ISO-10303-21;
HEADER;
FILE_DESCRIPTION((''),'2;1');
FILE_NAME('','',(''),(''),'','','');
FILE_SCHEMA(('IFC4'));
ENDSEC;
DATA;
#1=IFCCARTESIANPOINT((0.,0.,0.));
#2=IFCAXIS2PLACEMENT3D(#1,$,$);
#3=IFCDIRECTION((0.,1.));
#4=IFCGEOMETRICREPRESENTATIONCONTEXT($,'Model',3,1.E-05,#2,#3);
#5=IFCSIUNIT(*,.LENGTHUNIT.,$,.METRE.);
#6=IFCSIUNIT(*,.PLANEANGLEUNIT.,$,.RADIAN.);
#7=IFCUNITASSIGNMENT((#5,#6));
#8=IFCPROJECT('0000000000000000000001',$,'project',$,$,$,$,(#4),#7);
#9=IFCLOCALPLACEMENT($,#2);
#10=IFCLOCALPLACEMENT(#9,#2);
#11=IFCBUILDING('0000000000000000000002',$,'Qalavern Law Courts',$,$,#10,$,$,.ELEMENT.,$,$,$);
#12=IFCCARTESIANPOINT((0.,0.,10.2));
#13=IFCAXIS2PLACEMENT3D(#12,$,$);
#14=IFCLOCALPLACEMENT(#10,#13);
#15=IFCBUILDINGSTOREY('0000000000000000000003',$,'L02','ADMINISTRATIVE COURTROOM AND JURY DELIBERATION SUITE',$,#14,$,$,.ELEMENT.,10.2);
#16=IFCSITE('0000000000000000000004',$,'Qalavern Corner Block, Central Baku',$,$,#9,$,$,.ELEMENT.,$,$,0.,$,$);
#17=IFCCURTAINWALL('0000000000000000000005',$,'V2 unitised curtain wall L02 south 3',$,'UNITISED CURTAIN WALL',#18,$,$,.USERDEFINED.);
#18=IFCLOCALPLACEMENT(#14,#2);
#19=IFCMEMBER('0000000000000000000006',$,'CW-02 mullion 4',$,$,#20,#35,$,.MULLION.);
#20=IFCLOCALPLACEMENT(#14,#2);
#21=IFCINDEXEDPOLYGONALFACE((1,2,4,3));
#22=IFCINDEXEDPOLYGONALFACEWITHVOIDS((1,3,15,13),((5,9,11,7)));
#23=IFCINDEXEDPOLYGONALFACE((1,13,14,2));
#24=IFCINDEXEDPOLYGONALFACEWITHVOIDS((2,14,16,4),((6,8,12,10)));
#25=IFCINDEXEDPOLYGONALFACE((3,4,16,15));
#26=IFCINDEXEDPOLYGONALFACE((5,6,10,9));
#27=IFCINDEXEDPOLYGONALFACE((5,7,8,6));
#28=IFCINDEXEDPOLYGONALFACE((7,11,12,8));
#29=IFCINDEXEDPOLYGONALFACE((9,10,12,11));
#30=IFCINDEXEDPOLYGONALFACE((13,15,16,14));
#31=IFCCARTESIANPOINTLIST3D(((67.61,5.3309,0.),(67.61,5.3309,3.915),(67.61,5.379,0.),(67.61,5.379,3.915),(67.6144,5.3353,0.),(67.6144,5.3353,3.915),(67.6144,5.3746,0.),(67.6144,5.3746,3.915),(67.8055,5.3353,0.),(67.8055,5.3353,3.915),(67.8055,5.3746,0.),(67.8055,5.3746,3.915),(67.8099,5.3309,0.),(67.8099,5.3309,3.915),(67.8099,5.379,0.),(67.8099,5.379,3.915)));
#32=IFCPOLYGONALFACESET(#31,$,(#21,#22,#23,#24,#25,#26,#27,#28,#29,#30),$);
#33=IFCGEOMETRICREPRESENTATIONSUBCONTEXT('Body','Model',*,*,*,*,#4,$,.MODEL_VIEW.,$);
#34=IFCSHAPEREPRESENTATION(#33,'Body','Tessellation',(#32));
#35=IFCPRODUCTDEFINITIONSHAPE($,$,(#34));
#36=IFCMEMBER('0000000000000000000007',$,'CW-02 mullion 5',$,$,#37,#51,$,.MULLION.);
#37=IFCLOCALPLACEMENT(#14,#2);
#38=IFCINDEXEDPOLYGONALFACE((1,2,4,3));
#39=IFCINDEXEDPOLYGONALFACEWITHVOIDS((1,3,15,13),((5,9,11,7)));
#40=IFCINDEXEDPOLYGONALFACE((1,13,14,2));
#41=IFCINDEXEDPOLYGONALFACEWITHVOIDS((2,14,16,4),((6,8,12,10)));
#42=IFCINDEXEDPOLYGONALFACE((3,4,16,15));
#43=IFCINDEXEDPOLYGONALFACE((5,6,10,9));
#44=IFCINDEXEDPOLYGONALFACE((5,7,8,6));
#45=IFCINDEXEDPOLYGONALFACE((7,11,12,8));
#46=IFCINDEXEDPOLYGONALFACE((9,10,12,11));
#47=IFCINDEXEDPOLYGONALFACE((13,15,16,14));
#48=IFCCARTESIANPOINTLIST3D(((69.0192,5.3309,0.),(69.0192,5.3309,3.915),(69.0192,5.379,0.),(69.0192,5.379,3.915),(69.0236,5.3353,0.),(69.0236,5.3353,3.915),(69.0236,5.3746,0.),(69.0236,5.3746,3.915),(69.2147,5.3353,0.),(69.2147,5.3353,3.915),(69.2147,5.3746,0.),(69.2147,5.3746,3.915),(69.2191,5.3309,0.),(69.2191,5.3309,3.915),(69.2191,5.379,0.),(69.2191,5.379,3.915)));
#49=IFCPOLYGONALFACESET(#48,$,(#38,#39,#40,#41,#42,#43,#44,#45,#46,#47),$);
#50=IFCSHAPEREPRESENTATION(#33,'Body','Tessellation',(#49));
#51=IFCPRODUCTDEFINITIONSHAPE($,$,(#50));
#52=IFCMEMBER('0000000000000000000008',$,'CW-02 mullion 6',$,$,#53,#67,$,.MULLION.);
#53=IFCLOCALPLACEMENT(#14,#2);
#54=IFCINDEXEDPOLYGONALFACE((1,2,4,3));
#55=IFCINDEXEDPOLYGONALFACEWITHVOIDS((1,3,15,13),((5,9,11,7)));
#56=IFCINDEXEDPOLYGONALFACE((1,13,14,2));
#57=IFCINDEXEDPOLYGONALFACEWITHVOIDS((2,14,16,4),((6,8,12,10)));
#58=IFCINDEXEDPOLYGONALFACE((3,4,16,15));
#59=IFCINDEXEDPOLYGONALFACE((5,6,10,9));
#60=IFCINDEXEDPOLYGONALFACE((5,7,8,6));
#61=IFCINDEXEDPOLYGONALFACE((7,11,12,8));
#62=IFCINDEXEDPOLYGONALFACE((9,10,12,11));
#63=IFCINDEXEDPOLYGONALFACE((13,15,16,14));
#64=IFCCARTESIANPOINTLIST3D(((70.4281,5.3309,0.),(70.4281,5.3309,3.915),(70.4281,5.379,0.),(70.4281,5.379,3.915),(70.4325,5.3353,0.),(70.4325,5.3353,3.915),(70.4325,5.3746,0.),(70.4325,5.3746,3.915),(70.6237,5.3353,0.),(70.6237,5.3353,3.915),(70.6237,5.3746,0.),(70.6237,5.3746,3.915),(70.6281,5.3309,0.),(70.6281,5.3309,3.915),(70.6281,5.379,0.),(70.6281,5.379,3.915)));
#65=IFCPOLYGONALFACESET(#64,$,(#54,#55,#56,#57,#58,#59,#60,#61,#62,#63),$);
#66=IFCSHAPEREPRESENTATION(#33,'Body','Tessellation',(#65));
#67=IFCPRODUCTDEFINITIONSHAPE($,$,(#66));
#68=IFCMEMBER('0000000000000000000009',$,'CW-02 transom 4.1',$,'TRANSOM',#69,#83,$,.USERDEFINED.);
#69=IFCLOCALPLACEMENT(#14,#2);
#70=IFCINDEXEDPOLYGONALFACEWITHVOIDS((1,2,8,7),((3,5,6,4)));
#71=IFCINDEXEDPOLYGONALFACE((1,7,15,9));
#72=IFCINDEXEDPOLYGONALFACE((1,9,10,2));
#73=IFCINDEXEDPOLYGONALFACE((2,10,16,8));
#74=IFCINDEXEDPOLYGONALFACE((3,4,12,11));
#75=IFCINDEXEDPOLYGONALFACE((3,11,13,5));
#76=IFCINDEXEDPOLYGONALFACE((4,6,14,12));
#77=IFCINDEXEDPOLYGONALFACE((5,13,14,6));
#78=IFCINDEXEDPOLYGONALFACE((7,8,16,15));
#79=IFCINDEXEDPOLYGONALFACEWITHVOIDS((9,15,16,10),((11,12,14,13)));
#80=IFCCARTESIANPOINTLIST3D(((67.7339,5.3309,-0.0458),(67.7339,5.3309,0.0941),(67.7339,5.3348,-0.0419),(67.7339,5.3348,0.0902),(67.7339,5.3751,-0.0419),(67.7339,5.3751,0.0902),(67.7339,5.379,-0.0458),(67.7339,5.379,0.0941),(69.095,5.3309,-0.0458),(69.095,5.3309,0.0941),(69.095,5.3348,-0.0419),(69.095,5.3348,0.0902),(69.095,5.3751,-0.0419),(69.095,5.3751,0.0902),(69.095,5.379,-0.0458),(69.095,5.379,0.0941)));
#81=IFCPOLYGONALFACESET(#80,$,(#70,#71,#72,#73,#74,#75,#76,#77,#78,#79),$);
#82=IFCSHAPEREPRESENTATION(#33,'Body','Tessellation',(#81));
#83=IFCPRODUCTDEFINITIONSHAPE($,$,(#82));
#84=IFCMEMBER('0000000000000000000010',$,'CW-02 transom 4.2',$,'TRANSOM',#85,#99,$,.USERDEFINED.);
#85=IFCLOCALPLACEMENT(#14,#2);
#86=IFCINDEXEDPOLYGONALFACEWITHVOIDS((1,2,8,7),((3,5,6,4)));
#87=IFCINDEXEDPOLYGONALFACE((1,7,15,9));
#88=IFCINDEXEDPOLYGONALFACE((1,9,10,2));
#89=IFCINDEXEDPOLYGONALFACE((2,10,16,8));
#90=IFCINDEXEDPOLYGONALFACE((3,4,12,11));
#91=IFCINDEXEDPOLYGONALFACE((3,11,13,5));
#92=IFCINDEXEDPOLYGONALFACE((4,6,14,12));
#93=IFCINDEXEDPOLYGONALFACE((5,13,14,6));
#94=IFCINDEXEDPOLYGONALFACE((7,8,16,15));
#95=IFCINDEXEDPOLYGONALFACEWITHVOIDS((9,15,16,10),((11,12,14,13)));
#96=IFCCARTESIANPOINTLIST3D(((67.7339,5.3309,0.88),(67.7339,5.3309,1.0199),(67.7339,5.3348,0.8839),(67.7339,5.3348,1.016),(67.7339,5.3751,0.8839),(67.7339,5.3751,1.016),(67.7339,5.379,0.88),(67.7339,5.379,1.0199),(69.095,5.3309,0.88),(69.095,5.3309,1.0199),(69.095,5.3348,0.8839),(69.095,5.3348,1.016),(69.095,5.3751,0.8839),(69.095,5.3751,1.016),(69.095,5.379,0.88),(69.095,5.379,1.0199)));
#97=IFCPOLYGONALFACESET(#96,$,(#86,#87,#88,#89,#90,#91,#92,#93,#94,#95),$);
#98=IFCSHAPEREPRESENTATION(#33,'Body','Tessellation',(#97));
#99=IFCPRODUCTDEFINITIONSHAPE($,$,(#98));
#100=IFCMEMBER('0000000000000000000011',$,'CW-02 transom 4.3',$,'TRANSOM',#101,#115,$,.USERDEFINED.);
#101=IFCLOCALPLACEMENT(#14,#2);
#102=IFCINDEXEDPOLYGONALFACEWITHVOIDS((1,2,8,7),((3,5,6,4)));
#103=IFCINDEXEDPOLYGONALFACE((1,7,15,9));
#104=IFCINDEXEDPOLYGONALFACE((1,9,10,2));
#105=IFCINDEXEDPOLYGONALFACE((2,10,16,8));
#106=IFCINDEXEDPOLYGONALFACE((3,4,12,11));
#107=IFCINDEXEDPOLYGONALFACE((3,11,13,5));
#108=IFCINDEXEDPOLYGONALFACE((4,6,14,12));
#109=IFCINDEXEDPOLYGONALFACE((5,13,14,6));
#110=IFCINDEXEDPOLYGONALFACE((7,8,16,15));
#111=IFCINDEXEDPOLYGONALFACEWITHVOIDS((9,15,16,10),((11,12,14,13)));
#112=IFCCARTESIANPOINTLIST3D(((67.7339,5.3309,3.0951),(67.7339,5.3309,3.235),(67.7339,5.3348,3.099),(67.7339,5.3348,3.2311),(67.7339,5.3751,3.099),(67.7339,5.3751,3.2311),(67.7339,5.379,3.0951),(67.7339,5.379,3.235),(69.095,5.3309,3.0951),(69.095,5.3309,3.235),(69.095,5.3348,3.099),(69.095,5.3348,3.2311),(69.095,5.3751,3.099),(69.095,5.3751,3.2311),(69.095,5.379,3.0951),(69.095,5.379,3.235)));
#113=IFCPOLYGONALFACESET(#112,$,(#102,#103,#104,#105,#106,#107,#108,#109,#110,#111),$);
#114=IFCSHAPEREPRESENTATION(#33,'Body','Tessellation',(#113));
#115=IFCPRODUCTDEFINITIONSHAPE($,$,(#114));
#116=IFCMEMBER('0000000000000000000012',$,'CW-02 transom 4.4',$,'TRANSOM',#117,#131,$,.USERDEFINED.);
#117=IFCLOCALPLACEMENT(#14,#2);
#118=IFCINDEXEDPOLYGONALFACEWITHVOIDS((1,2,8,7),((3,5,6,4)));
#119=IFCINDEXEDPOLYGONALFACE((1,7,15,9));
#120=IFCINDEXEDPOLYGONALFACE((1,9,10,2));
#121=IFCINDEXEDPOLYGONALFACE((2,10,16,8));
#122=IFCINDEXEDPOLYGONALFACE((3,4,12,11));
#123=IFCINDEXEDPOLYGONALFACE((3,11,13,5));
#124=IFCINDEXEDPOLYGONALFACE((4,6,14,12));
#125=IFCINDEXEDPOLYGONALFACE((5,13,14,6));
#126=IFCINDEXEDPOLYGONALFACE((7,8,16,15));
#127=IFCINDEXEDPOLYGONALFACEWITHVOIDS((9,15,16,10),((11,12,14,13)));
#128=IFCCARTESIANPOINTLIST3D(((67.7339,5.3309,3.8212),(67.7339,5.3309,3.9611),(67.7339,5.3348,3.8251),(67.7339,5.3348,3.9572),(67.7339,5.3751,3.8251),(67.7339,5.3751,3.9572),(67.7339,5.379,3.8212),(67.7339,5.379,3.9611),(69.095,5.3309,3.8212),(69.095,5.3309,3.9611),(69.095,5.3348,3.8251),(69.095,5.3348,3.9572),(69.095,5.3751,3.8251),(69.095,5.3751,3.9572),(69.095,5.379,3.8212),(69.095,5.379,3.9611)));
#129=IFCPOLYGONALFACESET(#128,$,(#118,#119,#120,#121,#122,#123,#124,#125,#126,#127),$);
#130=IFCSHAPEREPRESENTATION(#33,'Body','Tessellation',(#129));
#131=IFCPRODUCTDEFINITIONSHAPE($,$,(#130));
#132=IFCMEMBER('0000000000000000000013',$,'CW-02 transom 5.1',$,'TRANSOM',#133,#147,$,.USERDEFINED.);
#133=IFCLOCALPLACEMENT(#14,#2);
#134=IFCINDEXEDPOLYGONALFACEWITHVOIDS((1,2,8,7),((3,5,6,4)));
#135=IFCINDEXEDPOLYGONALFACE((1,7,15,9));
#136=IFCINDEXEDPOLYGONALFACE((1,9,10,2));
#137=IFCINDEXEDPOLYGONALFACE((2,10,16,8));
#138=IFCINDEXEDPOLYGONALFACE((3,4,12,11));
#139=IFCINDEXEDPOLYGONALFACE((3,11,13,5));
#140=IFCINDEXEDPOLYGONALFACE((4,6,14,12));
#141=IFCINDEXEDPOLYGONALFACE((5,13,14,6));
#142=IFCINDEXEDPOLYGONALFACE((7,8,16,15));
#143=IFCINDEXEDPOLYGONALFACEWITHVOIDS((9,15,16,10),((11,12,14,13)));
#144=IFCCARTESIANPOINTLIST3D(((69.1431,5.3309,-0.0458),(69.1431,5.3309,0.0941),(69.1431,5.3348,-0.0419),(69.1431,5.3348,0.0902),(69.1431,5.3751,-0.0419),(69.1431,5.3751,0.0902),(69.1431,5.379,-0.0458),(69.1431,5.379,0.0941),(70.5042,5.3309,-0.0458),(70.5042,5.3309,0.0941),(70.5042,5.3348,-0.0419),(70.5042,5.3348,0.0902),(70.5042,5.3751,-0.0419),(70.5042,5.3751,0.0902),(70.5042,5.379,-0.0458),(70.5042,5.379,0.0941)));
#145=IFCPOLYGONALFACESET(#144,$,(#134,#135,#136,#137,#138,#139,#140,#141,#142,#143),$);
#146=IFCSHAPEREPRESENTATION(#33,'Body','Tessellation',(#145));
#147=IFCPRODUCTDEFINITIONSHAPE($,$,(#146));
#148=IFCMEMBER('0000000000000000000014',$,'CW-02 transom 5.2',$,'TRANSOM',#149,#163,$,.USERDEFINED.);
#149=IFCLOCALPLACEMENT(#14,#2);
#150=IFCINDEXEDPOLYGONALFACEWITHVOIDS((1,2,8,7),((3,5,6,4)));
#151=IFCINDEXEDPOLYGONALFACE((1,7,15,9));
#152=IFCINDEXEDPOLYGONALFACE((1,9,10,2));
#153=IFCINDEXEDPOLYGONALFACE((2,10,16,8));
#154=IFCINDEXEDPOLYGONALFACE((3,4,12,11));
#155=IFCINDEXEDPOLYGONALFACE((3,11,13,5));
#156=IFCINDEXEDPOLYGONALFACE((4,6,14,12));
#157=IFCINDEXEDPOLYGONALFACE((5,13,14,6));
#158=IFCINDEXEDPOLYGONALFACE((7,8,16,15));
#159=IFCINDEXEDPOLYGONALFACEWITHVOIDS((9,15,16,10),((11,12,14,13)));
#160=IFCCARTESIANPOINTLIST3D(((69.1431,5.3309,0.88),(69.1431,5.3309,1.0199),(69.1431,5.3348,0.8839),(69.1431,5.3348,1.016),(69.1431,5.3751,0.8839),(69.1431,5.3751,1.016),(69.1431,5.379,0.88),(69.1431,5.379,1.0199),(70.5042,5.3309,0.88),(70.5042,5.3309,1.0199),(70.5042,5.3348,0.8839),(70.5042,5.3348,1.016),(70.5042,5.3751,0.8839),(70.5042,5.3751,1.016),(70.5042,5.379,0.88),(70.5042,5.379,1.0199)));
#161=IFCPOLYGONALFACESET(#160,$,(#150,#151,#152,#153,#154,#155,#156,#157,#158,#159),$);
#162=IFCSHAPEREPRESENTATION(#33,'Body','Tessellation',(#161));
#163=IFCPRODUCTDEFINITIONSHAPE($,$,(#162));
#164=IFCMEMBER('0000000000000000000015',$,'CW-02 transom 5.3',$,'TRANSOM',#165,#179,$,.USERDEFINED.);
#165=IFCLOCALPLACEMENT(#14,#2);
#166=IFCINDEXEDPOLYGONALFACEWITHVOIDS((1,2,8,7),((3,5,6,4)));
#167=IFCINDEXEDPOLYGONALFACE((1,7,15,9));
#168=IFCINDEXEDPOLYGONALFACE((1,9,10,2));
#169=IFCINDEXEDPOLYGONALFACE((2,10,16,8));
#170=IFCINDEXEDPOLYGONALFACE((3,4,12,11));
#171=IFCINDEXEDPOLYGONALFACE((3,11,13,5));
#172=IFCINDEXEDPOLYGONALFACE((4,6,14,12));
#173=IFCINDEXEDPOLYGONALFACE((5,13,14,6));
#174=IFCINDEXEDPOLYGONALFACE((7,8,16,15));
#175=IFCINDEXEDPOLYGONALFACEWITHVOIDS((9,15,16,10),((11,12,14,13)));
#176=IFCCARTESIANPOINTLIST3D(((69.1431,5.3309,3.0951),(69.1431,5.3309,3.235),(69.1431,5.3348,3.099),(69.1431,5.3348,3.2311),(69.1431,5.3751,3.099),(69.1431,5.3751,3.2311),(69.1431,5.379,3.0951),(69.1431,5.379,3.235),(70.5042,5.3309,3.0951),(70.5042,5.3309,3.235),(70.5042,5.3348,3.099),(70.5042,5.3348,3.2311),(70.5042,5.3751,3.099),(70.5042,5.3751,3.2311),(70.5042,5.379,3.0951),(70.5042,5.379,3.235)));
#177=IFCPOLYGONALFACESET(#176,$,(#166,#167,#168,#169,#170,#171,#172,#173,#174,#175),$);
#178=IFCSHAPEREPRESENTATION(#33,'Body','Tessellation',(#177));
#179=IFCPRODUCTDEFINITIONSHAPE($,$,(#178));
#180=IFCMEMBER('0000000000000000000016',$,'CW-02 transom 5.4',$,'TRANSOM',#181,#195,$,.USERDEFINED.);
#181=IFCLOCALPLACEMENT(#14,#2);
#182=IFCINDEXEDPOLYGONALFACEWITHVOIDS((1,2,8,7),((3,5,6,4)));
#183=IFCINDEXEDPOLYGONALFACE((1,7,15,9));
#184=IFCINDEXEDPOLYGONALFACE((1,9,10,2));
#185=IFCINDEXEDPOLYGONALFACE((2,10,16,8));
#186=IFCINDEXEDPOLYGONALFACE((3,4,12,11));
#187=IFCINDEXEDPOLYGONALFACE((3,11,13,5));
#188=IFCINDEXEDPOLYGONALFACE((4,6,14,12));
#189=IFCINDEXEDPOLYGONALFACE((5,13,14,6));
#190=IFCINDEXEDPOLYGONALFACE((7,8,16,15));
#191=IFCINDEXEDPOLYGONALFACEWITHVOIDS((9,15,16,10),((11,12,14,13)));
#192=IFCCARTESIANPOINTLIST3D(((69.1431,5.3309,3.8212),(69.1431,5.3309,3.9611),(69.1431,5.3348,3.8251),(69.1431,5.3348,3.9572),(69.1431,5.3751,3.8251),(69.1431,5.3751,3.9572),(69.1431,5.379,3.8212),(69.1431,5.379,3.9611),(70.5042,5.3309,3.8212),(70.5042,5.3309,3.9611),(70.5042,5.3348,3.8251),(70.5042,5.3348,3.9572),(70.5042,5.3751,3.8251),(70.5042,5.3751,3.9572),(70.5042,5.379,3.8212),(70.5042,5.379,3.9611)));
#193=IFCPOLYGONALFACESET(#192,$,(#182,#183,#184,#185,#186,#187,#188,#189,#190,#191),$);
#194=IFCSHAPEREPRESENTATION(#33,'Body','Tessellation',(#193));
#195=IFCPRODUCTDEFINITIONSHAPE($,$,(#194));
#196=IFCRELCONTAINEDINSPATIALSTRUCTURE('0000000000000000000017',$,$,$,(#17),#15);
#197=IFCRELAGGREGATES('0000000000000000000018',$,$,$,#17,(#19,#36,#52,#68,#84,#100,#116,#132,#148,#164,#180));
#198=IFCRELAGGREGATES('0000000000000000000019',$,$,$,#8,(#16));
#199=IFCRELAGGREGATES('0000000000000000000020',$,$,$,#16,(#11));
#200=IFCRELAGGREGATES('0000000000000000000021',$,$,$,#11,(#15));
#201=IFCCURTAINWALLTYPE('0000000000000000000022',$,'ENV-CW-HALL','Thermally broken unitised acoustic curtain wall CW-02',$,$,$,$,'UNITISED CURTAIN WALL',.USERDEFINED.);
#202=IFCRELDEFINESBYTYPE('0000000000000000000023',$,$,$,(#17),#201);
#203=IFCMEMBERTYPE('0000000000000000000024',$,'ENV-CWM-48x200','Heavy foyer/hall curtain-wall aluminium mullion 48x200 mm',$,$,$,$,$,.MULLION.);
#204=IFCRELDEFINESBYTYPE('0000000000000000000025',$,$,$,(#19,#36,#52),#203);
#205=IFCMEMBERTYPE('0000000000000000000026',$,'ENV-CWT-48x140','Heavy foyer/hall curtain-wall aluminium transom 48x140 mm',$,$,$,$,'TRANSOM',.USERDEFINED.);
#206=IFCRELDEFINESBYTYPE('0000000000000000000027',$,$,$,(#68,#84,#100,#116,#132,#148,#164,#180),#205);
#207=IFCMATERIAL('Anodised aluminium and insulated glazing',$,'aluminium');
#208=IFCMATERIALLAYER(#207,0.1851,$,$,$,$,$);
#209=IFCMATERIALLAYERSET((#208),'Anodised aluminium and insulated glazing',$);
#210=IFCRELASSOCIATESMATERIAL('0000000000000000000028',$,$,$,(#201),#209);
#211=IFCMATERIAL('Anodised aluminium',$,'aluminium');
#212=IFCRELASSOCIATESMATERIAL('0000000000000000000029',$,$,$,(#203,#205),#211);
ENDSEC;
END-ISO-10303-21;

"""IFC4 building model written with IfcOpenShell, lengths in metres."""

from ifc_helpers import new_model, si_unit, direction, frame, origin, origin_2d, place, context, subcontext, project, spatial, hollow_rectangle, extrude, material, layer, layer_set, material_profile, profile_set, type_object, element, aggregate, save


model = new_model("IFC4")

# Units and contexts
model_context = context("Model", 3, precision=1e-05, world=origin(), true_north=direction((0.0, 1.0)))
body_context = subcontext(model_context, "Body", "Model", "MODEL_VIEW")
ifc_project = project(units=[si_unit("LENGTHUNIT", "METRE"), si_unit("PLANEANGLEUNIT", "RADIAN")], contexts=[model_context])

# Site, building, storey
site_placement = place(None, origin())
site = spatial("IfcSite", under=ifc_project, at=site_placement, Name="Qalavern Corner Block, Central Baku", CompositionType="ELEMENT", RefElevation=0.0)
building_placement = place(site_placement, origin())
building = spatial("IfcBuilding", under=site, at=building_placement, Name="Qalavern Law Courts", CompositionType="ELEMENT")
storey_placement = place(building_placement, frame((0.0, 0.0, 10.2)))
storey = spatial("IfcBuildingStorey", under=building, at=storey_placement, Name="L02", Description="ADMINISTRATIVE COURTROOM AND JURY DELIBERATION SUITE", CompositionType="ELEMENT", Elevation=10.2)

# Curtain wall, members
ifc_material_1 = material(Name="Anodised aluminium and insulated glazing", Category="aluminium")
ifc_layer_1 = layer(ifc_material_1, 0.1851)
ifc_layer_set_1 = layer_set([ifc_layer_1], Name="Anodised aluminium and insulated glazing")
curtain_wall_type = type_object("IfcCurtainWallType", Name="ENV-CW-HALL", Description="Thermally broken unitised acoustic curtain wall CW-02", ElementType="UNITISED CURTAIN WALL", PredefinedType="USERDEFINED", material=ifc_layer_set_1)
curtain_wall_placement = place(storey_placement, origin())
curtain_wall = element("IfcCurtainWall", 1, at=curtain_wall_placement, inside=storey, type_object=curtain_wall_type, Name="V2 unitised curtain wall L02 south 3", ObjectType="UNITISED CURTAIN WALL", PredefinedType="USERDEFINED")
ifc_material_2 = material(Name="Anodised aluminium", Category="aluminium")
ifc_material_profile_1 = material_profile(ifc_material_2, hollow_rectangle(XDim=0.0481, YDim=0.2, WallThickness=0.0044, at=origin_2d()), Name="ALU MULLION 48x200")
ifc_profile_set_1 = profile_set([ifc_material_profile_1], Name="Anodised aluminium")
member_type_1 = type_object("IfcMemberType", Name="ENV-CWM-48x200", Description="Heavy foyer/hall curtain-wall aluminium mullion 48x200 mm", PredefinedType="MULLION", material=ifc_profile_set_1)
member_1_placement = place(storey_placement, frame((67.71, 5.355, 0.0), z_axis=(0.0, 0.0, 1.0), x_axis=(0.0, 1.0, 0.0)))
member_1 = element("IfcMember", 2, at=member_1_placement, type_object=member_type_1, Name="CW-02 mullion 4", PredefinedType="MULLION", context=body_context, shape_type="SweptSolid", body=[
    extrude(hollow_rectangle(XDim=0.0481, YDim=0.2, WallThickness=0.0044, at=origin_2d()), origin(), (0.0, 0.0, 1.0), 3.915),
])
member_2_placement = place(storey_placement, frame((69.1191, 5.355, 0.0), z_axis=(0.0, 0.0, 1.0), x_axis=(0.0, 1.0, 0.0)))
member_2 = element("IfcMember", 3, at=member_2_placement, type_object=member_type_1, Name="CW-02 mullion 5", PredefinedType="MULLION", context=body_context, shape_type="SweptSolid", body=[
    extrude(hollow_rectangle(XDim=0.0481, YDim=0.2, WallThickness=0.0044, at=origin_2d()), origin(), (0.0, 0.0, 1.0), 3.915),
])
member_3_placement = place(storey_placement, frame((70.5281, 5.355, 0.0), z_axis=(0.0, 0.0, 1.0), x_axis=(0.0, 1.0, 0.0)))
member_3 = element("IfcMember", 4, at=member_3_placement, type_object=member_type_1, Name="CW-02 mullion 6", PredefinedType="MULLION", context=body_context, shape_type="SweptSolid", body=[
    extrude(hollow_rectangle(XDim=0.0481, YDim=0.2, WallThickness=0.0044, at=origin_2d()), origin(), (0.0, 0.0, 1.0), 3.915),
])
ifc_material_profile_2 = material_profile(ifc_material_2, hollow_rectangle(XDim=0.0481, YDim=0.1399, WallThickness=0.0039, at=origin_2d()), Name="ALU TRANSOM 48x140")
ifc_profile_set_2 = profile_set([ifc_material_profile_2], Name="Anodised aluminium")
member_type_2 = type_object("IfcMemberType", Name="ENV-CWT-48x140", Description="Heavy foyer/hall curtain-wall aluminium transom 48x140 mm", ElementType="TRANSOM", PredefinedType="USERDEFINED", material=ifc_profile_set_2)
member_4_placement = place(storey_placement, frame((67.7339, 5.355, 0.0242), z_axis=(1.0, 0.0, 0.0), x_axis=(0.0, 1.0, 0.0)))
member_4 = element("IfcMember", 5, at=member_4_placement, type_object=member_type_2, Name="CW-02 transom 4.1", ObjectType="TRANSOM", PredefinedType="USERDEFINED", context=body_context, shape_type="SweptSolid", body=[
    extrude(hollow_rectangle(XDim=0.0481, YDim=0.1399, WallThickness=0.0039, at=origin_2d()), origin(), (0.0, 0.0, 1.0), 1.3611),
])
member_5_placement = place(storey_placement, frame((67.7339, 5.355, 0.95), z_axis=(1.0, 0.0, 0.0), x_axis=(0.0, 1.0, 0.0)))
member_5 = element("IfcMember", 6, at=member_5_placement, type_object=member_type_2, Name="CW-02 transom 4.2", ObjectType="TRANSOM", PredefinedType="USERDEFINED", context=body_context, shape_type="SweptSolid", body=[
    extrude(hollow_rectangle(XDim=0.0481, YDim=0.1399, WallThickness=0.0039, at=origin_2d()), origin(), (0.0, 0.0, 1.0), 1.3611),
])
member_6_placement = place(storey_placement, frame((67.7339, 5.355, 3.165), z_axis=(1.0, 0.0, 0.0), x_axis=(0.0, 1.0, 0.0)))
member_6 = element("IfcMember", 7, at=member_6_placement, type_object=member_type_2, Name="CW-02 transom 4.3", ObjectType="TRANSOM", PredefinedType="USERDEFINED", context=body_context, shape_type="SweptSolid", body=[
    extrude(hollow_rectangle(XDim=0.0481, YDim=0.1399, WallThickness=0.0039, at=origin_2d()), origin(), (0.0, 0.0, 1.0), 1.3611),
])
member_7_placement = place(storey_placement, frame((67.7339, 5.355, 3.8911), z_axis=(1.0, 0.0, 0.0), x_axis=(0.0, 1.0, 0.0)))
member_7 = element("IfcMember", 8, at=member_7_placement, type_object=member_type_2, Name="CW-02 transom 4.4", ObjectType="TRANSOM", PredefinedType="USERDEFINED", context=body_context, shape_type="SweptSolid", body=[
    extrude(hollow_rectangle(XDim=0.0481, YDim=0.1399, WallThickness=0.0039, at=origin_2d()), origin(), (0.0, 0.0, 1.0), 1.3611),
])
member_8_placement = place(storey_placement, frame((69.1431, 5.355, 0.0242), z_axis=(1.0, 0.0, 0.0), x_axis=(0.0, 1.0, 0.0)))
member_8 = element("IfcMember", 9, at=member_8_placement, type_object=member_type_2, Name="CW-02 transom 5.1", ObjectType="TRANSOM", PredefinedType="USERDEFINED", context=body_context, shape_type="SweptSolid", body=[
    extrude(hollow_rectangle(XDim=0.0481, YDim=0.1399, WallThickness=0.0039, at=origin_2d()), origin(), (0.0, 0.0, 1.0), 1.3611),
])
member_9_placement = place(storey_placement, frame((69.1431, 5.355, 0.95), z_axis=(1.0, 0.0, 0.0), x_axis=(0.0, 1.0, 0.0)))
member_9 = element("IfcMember", 10, at=member_9_placement, type_object=member_type_2, Name="CW-02 transom 5.2", ObjectType="TRANSOM", PredefinedType="USERDEFINED", context=body_context, shape_type="SweptSolid", body=[
    extrude(hollow_rectangle(XDim=0.0481, YDim=0.1399, WallThickness=0.0039, at=origin_2d()), origin(), (0.0, 0.0, 1.0), 1.3611),
])
member_10_placement = place(storey_placement, frame((69.1431, 5.355, 3.165), z_axis=(1.0, 0.0, 0.0), x_axis=(0.0, 1.0, 0.0)))
member_10 = element("IfcMember", 11, at=member_10_placement, type_object=member_type_2, Name="CW-02 transom 5.3", ObjectType="TRANSOM", PredefinedType="USERDEFINED", context=body_context, shape_type="SweptSolid", body=[
    extrude(hollow_rectangle(XDim=0.0481, YDim=0.1399, WallThickness=0.0039, at=origin_2d()), origin(), (0.0, 0.0, 1.0), 1.3611),
])
member_11_placement = place(storey_placement, frame((69.1431, 5.355, 3.8911), z_axis=(1.0, 0.0, 0.0), x_axis=(0.0, 1.0, 0.0)))
member_11 = element("IfcMember", 12, at=member_11_placement, type_object=member_type_2, Name="CW-02 transom 5.4", ObjectType="TRANSOM", PredefinedType="USERDEFINED", context=body_context, shape_type="SweptSolid", body=[
    extrude(hollow_rectangle(XDim=0.0481, YDim=0.1399, WallThickness=0.0039, at=origin_2d()), origin(), (0.0, 0.0, 1.0), 1.3611),
])
aggregate(curtain_wall, [member_1, member_2, member_3, member_4, member_5, member_6, member_7, member_8, member_9, member_10, member_11])

save(model, "model.ifc")
